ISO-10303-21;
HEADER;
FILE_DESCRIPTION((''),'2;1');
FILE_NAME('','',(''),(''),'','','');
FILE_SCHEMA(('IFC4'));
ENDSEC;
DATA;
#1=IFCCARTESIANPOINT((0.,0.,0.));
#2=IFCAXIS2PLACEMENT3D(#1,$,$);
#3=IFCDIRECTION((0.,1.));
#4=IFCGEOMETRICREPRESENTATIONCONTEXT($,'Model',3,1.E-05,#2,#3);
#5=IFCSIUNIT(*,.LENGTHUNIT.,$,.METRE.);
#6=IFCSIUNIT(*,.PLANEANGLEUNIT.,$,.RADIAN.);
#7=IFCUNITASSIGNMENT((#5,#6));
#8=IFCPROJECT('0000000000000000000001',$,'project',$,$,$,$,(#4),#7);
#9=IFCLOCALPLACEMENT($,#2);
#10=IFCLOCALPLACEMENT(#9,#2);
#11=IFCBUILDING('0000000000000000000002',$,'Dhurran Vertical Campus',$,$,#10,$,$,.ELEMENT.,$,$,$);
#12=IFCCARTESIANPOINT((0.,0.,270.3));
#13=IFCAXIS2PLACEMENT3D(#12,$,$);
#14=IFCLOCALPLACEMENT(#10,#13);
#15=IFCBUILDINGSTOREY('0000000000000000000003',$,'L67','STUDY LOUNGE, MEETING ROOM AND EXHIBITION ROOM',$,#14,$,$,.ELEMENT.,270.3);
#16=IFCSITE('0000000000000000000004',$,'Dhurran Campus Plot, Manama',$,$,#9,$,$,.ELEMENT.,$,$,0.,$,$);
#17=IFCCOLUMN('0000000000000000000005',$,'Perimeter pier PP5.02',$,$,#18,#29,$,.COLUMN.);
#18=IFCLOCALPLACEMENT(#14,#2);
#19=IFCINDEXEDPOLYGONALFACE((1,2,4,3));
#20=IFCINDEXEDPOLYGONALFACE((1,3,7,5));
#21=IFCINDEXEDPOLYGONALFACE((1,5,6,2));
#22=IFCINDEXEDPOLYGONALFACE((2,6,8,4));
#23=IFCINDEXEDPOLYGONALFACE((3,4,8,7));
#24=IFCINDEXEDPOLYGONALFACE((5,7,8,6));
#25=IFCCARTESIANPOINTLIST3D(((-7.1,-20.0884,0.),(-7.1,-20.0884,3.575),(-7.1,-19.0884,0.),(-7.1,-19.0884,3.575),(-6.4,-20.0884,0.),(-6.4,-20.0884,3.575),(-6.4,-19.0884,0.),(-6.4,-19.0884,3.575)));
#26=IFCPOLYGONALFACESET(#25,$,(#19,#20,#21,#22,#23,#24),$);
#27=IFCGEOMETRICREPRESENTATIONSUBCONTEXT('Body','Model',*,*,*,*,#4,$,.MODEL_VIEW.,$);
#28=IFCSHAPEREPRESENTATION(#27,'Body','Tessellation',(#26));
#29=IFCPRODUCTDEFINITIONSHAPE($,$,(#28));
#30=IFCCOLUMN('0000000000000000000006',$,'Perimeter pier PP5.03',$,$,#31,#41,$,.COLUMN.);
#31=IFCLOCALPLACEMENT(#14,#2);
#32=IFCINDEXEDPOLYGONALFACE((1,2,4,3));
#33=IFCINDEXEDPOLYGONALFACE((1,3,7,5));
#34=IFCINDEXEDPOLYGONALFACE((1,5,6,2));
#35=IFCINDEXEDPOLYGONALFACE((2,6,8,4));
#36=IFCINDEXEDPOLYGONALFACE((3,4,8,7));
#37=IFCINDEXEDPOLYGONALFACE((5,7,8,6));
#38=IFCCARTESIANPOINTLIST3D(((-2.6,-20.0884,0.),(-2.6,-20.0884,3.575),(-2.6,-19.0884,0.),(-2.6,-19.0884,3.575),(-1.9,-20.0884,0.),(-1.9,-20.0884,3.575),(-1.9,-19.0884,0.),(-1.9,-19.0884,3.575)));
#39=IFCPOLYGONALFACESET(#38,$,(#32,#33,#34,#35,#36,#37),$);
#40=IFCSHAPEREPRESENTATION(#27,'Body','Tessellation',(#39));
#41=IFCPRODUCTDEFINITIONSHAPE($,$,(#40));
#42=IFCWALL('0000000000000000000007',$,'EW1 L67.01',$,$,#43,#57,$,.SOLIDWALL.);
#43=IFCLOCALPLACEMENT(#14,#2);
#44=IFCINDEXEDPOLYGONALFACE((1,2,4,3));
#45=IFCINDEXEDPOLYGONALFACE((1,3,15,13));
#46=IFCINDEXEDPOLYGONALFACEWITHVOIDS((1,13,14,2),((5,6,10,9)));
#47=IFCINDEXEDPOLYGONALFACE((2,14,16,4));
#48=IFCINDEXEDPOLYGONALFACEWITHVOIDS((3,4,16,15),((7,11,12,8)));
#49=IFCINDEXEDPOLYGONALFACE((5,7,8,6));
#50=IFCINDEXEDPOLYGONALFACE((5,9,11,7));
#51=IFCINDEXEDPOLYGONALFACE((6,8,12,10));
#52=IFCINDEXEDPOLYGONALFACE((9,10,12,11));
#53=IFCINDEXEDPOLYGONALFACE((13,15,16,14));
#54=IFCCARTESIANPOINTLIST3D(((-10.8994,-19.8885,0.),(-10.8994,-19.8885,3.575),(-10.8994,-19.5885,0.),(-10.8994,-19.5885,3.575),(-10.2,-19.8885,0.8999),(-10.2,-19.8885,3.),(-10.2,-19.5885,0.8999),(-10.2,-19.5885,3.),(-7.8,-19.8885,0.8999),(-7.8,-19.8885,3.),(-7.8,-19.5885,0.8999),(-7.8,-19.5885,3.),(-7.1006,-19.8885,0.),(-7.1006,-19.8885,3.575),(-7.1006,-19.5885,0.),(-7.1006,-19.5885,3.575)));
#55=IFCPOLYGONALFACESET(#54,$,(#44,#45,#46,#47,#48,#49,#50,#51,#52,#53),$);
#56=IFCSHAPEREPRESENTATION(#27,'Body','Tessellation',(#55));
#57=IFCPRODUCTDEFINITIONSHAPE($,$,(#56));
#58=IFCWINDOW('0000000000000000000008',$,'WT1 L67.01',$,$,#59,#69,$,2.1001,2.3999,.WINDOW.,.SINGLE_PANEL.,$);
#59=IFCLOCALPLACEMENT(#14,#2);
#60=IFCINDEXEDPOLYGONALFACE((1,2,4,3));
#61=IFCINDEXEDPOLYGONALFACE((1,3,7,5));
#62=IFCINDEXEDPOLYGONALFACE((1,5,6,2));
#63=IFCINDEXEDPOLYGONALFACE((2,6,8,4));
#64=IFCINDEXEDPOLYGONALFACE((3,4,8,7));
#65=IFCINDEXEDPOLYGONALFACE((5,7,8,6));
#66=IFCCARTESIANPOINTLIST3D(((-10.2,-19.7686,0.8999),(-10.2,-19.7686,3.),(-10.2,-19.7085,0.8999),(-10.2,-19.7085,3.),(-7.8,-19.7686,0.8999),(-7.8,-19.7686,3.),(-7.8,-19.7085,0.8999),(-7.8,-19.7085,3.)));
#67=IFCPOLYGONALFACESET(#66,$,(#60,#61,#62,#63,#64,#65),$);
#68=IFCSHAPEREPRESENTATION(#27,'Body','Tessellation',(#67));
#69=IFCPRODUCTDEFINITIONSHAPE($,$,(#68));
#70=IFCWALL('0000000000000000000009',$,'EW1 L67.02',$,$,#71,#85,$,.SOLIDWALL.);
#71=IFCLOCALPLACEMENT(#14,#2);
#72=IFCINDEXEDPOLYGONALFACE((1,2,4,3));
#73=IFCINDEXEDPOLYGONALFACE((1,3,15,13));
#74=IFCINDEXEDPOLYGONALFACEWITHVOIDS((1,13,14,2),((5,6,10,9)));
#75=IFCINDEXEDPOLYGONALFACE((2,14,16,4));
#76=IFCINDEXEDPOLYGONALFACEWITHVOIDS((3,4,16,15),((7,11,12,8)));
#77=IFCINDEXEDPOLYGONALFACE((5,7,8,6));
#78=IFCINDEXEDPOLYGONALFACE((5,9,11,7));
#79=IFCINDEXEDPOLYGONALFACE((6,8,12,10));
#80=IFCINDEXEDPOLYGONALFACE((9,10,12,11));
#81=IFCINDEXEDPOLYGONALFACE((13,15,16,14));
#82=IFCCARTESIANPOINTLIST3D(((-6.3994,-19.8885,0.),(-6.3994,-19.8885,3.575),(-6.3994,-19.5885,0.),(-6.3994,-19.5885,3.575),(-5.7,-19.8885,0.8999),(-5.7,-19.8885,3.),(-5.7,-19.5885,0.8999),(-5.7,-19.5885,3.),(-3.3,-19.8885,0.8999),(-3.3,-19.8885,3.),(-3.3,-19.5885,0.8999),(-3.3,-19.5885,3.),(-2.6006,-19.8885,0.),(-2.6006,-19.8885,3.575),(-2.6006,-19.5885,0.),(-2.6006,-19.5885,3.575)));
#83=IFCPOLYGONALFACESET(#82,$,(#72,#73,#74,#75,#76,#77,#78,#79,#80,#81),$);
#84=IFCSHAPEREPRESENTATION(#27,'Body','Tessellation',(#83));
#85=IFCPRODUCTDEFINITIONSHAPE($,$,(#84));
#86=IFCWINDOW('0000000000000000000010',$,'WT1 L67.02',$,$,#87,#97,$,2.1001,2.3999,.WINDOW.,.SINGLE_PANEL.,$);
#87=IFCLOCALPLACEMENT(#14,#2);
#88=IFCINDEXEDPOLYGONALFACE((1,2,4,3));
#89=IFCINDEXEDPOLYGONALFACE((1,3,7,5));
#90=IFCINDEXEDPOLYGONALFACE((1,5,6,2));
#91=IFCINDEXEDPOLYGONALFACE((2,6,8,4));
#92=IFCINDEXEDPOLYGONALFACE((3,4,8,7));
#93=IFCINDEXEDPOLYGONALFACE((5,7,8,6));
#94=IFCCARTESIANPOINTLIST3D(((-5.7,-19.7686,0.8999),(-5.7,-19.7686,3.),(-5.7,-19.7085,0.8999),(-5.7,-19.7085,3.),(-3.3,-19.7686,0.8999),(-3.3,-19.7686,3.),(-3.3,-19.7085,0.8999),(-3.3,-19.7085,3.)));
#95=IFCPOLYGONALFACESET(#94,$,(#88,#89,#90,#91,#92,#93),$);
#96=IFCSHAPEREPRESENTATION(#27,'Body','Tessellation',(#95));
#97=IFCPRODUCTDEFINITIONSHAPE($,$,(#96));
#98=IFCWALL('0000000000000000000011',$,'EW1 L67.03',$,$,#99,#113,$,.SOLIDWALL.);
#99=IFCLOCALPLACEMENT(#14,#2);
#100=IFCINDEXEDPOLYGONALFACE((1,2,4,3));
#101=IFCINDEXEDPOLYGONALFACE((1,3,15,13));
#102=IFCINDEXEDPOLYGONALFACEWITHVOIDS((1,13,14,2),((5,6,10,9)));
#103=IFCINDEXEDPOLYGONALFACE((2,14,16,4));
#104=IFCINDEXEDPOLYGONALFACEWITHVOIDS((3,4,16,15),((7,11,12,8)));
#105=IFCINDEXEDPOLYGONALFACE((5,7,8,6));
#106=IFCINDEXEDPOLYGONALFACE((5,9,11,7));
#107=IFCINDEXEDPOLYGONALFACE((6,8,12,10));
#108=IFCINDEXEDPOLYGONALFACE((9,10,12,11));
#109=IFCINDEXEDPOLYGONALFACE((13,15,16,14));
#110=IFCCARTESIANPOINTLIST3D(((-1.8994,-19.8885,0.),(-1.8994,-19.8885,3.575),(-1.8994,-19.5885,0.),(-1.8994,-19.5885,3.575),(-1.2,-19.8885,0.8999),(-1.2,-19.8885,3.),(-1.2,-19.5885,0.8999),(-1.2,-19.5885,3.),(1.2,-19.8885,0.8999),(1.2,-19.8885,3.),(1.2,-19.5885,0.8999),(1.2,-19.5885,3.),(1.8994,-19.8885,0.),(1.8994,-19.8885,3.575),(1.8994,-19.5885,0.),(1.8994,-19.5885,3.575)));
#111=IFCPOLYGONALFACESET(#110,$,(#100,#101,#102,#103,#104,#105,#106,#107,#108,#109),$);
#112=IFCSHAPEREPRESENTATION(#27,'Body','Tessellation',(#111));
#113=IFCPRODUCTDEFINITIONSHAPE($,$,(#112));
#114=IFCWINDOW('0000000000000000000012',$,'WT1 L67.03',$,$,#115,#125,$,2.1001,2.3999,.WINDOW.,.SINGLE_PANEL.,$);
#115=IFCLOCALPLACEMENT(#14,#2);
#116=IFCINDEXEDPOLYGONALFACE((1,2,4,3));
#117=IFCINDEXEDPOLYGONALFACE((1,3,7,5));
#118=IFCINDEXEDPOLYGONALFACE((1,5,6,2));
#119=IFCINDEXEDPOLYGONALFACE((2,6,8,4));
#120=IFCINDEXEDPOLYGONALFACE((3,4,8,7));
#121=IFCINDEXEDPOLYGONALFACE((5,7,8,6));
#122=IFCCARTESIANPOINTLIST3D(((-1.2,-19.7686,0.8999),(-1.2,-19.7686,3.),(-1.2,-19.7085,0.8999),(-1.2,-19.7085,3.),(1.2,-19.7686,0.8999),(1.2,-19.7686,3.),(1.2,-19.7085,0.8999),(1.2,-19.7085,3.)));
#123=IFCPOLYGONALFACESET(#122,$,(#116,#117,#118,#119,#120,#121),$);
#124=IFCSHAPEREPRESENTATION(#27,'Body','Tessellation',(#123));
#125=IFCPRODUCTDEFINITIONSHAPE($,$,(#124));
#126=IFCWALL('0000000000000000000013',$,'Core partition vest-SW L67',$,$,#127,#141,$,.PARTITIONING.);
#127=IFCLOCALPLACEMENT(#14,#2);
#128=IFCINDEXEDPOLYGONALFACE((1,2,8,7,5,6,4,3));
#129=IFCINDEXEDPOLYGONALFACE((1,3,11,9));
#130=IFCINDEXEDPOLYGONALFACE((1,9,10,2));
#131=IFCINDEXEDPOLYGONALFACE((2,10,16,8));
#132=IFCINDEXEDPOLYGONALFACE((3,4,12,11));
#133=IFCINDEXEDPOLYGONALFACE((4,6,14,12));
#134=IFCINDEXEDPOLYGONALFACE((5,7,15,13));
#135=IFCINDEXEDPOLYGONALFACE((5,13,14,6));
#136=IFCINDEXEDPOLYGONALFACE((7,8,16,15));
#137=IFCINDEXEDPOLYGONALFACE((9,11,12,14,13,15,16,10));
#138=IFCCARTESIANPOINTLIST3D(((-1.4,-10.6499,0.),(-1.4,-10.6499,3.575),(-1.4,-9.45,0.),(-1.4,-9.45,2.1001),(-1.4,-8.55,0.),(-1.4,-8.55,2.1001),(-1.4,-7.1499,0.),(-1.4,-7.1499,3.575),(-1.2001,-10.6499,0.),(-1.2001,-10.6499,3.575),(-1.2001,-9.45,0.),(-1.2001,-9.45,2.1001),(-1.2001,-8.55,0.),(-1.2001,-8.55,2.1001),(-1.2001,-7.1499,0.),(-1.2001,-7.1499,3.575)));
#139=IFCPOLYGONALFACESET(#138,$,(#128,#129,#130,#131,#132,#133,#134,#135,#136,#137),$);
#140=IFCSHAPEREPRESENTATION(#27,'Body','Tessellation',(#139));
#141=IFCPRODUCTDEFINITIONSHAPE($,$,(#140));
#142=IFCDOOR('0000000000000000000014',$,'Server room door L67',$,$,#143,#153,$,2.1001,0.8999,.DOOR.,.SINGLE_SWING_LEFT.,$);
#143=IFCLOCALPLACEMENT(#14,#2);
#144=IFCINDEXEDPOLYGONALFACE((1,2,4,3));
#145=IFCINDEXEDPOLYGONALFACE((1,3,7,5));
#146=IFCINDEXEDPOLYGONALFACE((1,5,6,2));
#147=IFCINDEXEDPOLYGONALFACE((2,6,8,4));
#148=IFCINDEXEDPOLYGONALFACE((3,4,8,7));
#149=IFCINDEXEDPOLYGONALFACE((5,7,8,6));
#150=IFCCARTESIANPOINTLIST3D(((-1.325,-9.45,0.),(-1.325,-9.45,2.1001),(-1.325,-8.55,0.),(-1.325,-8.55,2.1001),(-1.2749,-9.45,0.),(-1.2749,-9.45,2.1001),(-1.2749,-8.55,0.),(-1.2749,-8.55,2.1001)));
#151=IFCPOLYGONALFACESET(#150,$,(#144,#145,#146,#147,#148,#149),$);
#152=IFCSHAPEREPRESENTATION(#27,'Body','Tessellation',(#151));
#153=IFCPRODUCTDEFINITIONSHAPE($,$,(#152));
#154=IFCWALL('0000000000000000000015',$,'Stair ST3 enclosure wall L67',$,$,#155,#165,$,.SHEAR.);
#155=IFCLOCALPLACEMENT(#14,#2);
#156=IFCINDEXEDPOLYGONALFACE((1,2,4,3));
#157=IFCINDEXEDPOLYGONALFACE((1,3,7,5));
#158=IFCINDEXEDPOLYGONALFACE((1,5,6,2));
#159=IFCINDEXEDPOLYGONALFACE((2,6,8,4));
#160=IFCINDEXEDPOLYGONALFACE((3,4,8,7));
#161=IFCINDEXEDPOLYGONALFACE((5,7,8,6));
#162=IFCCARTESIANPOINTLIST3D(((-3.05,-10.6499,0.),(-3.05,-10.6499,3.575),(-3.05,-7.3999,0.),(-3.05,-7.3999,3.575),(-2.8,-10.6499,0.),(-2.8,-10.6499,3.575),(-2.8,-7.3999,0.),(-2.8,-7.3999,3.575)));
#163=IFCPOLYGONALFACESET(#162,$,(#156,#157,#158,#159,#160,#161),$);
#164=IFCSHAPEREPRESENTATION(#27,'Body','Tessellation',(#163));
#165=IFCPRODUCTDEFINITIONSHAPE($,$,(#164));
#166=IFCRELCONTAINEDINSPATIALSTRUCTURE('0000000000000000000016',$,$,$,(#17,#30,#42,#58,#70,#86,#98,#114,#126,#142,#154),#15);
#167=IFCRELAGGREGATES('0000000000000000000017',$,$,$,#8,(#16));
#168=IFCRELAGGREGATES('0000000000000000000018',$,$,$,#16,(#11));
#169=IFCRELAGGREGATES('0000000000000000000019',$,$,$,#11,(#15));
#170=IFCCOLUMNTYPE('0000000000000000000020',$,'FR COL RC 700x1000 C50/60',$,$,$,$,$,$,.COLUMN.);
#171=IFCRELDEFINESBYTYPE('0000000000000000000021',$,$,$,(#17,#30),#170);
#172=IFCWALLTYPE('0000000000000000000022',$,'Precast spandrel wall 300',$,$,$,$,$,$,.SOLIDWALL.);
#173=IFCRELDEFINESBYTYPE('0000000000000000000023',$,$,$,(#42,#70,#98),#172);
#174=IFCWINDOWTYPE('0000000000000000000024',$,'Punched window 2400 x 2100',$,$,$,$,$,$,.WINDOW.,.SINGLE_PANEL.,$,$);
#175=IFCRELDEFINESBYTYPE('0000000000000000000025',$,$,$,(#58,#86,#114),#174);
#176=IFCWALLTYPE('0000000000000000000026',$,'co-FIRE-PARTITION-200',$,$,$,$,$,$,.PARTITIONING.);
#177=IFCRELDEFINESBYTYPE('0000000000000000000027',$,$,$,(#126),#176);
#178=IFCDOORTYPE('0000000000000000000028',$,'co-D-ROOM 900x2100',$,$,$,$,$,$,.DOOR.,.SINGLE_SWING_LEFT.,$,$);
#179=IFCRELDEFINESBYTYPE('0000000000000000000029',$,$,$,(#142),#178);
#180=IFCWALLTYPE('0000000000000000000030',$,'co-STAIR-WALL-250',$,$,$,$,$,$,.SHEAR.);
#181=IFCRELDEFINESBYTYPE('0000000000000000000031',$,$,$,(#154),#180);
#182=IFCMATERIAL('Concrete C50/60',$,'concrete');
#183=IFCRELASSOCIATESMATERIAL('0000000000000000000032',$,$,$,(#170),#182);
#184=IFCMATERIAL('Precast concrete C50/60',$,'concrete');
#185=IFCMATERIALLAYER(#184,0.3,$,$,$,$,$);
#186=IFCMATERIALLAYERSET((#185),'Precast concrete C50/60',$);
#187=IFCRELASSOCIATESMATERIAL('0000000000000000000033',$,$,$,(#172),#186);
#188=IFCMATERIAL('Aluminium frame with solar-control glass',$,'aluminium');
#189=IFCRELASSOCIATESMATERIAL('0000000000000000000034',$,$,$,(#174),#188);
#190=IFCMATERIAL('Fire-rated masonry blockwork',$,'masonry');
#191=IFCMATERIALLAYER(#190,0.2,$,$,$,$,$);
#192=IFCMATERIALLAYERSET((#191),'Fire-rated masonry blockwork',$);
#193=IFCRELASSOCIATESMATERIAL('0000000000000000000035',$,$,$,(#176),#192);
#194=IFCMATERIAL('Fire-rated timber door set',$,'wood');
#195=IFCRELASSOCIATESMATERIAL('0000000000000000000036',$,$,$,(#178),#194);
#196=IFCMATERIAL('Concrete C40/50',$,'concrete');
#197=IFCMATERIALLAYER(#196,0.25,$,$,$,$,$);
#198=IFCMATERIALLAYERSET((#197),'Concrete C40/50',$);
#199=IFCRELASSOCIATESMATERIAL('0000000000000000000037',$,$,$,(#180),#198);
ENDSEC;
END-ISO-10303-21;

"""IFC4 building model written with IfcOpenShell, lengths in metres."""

from ifc_helpers import new_model, si_unit, direction, frame, frame_2d, origin, origin_2d, place, context, subcontext, project, spatial, rectangle, extrude, material, layer, layer_set, material_profile, profile_set, type_object, element, fill, save


model = new_model("IFC4")

# Units and contexts
model_context = context("Model", 3, precision=1e-05, world=origin(), true_north=direction((0.0, 1.0)))
body_context = subcontext(model_context, "Body", "Model", "MODEL_VIEW")
ifc_project = project(units=[si_unit("LENGTHUNIT", "METRE"), si_unit("PLANEANGLEUNIT", "RADIAN")], contexts=[model_context])

# Site, building, storey
site_placement = place(None, origin())
site = spatial("IfcSite", under=ifc_project, at=site_placement, Name="Dhurran Campus Plot, Manama", CompositionType="ELEMENT", RefElevation=0.0)
building_placement = place(site_placement, origin())
building = spatial("IfcBuilding", under=site, at=building_placement, Name="Dhurran Vertical Campus", CompositionType="ELEMENT")
storey_placement = place(building_placement, frame((0.0, 0.0, 270.3)))
storey = spatial("IfcBuildingStorey", under=building, at=storey_placement, Name="L67", Description="STUDY LOUNGE, MEETING ROOM AND EXHIBITION ROOM", CompositionType="ELEMENT", Elevation=270.3)

# Columns
ifc_material_1 = material(Name="Concrete C50/60", Category="concrete")
ifc_material_profile = material_profile(ifc_material_1, rectangle(XDim=0.7, YDim=1.0, at=origin_2d()), Name="RC 700x1000")
ifc_profile_set = profile_set([ifc_material_profile], Name="Concrete C50/60")
column_type = type_object("IfcColumnType", Name="FR COL RC 700x1000 C50/60", PredefinedType="COLUMN", material=ifc_profile_set)
for number, where, z_axis, x_axis, name in (
    (1, (-6.75, -19.5884, 0.0), (0.0, 0.0, 1.0), (1.0, 0.0, 0.0), "Perimeter pier PP5.02"),
    (2, (-2.25, -19.5884, 0.0), (0.0, 0.0, 1.0), (1.0, 0.0, 0.0), "Perimeter pier PP5.03"),
):
    element("IfcColumn", number, at=place(storey_placement, frame(where, z_axis=z_axis, x_axis=x_axis)), inside=storey, type_object=column_type, Name=name, PredefinedType="COLUMN", context=body_context, shape_type="SweptSolid", body=[
        extrude(rectangle(XDim=0.7, YDim=1.0, at=origin_2d()), origin(), (0.0, 0.0, 1.0), 3.575),
    ])

# Walls, openings, windows
ifc_material_2 = material(Name="Precast concrete C50/60", Category="concrete")
ifc_layer_1 = layer(ifc_material_2, 0.3)
ifc_layer_set_1 = layer_set([ifc_layer_1], Name="Precast concrete C50/60")
wall_type_1 = type_object("IfcWallType", Name="Precast spandrel wall 300", PredefinedType="SOLIDWALL", material=ifc_layer_set_1)
wall_1_placement = place(storey_placement, frame((-10.8994, -19.7385, 0.0), z_axis=(0.0, 0.0, 1.0), x_axis=(1.0, 0.0, 0.0)))
wall_1 = element("IfcWall", 3, at=wall_1_placement, inside=storey, type_object=wall_type_1, Name="EW1 L67.01", PredefinedType="SOLIDWALL", context=body_context, shape_type="SweptSolid", body=[
    extrude(rectangle(XDim=3.7988, YDim=0.3, at=frame_2d((1.8994, 0.0))), origin(), (0.0, 0.0, 1.0), 3.575),
])
opening_1_placement = place(wall_1_placement, frame((0.6995, 0.0, 0.8999)))
opening_1 = element("IfcOpeningElement", 4, at=opening_1_placement, cuts=wall_1, PredefinedType="OPENING", context=body_context, shape_type="SweptSolid", body=[
    extrude(rectangle(XDim=2.3999, YDim=2.1001, at=frame_2d((1.2, 1.05))), frame((0.0, 0.1599, 0.0), z_axis=(0.0, -1.0, 0.0), x_axis=(1.0, 0.0, 0.0)), (0.0, 0.0, 1.0), 0.3201),
])
ifc_material_3 = material(Name="Aluminium frame with solar-control glass", Category="aluminium")
window_type = type_object("IfcWindowType", Name="Punched window 2400 x 2100", PartitioningType="SINGLE_PANEL", PredefinedType="WINDOW", material=ifc_material_3)
window_1_placement = place(opening_1_placement, origin())
window_1 = element("IfcWindow", 5, at=window_1_placement, inside=storey, type_object=window_type, Name="WT1 L67.01", OverallHeight=2.1001, OverallWidth=2.3999, PartitioningType="SINGLE_PANEL", PredefinedType="WINDOW", context=body_context, shape_type="SweptSolid", body=[
    extrude(rectangle(XDim=2.3999, YDim=2.1001, at=frame_2d((1.2, 1.05))), frame((0.0, 0.03, 0.0), z_axis=(0.0, -1.0, 0.0), x_axis=(1.0, 0.0, 0.0)), (0.0, 0.0, 1.0), 0.0601),
])
fill(opening_1, window_1)
wall_2_placement = place(storey_placement, frame((-6.3994, -19.7385, 0.0), z_axis=(0.0, 0.0, 1.0), x_axis=(1.0, 0.0, 0.0)))
wall_2 = element("IfcWall", 6, at=wall_2_placement, inside=storey, type_object=wall_type_1, Name="EW1 L67.02", PredefinedType="SOLIDWALL", context=body_context, shape_type="SweptSolid", body=[
    extrude(rectangle(XDim=3.7988, YDim=0.3, at=frame_2d((1.8994, 0.0))), origin(), (0.0, 0.0, 1.0), 3.575),
])
opening_2_placement = place(wall_2_placement, frame((0.6995, 0.0, 0.8999)))
opening_2 = element("IfcOpeningElement", 7, at=opening_2_placement, cuts=wall_2, PredefinedType="OPENING", context=body_context, shape_type="SweptSolid", body=[
    extrude(rectangle(XDim=2.3999, YDim=2.1001, at=frame_2d((1.2, 1.05))), frame((0.0, 0.1599, 0.0), z_axis=(0.0, -1.0, 0.0), x_axis=(1.0, 0.0, 0.0)), (0.0, 0.0, 1.0), 0.3201),
])
window_2_placement = place(opening_2_placement, origin())
window_2 = element("IfcWindow", 8, at=window_2_placement, inside=storey, type_object=window_type, Name="WT1 L67.02", OverallHeight=2.1001, OverallWidth=2.3999, PartitioningType="SINGLE_PANEL", PredefinedType="WINDOW", context=body_context, shape_type="SweptSolid", body=[
    extrude(rectangle(XDim=2.3999, YDim=2.1001, at=frame_2d((1.2, 1.05))), frame((0.0, 0.03, 0.0), z_axis=(0.0, -1.0, 0.0), x_axis=(1.0, 0.0, 0.0)), (0.0, 0.0, 1.0), 0.0601),
])
fill(opening_2, window_2)
wall_3_placement = place(storey_placement, frame((-1.8994, -19.7385, 0.0), z_axis=(0.0, 0.0, 1.0), x_axis=(1.0, 0.0, 0.0)))
wall_3 = element("IfcWall", 9, at=wall_3_placement, inside=storey, type_object=wall_type_1, Name="EW1 L67.03", PredefinedType="SOLIDWALL", context=body_context, shape_type="SweptSolid", body=[
    extrude(rectangle(XDim=3.7988, YDim=0.3, at=frame_2d((1.8994, 0.0))), origin(), (0.0, 0.0, 1.0), 3.575),
])
opening_3_placement = place(wall_3_placement, frame((0.6995, 0.0, 0.8999)))
opening_3 = element("IfcOpeningElement", 10, at=opening_3_placement, cuts=wall_3, PredefinedType="OPENING", context=body_context, shape_type="SweptSolid", body=[
    extrude(rectangle(XDim=2.3999, YDim=2.1001, at=frame_2d((1.2, 1.05))), frame((0.0, 0.1599, 0.0), z_axis=(0.0, -1.0, 0.0), x_axis=(1.0, 0.0, 0.0)), (0.0, 0.0, 1.0), 0.3201),
])
window_3_placement = place(opening_3_placement, origin())
window_3 = element("IfcWindow", 11, at=window_3_placement, inside=storey, type_object=window_type, Name="WT1 L67.03", OverallHeight=2.1001, OverallWidth=2.3999, PartitioningType="SINGLE_PANEL", PredefinedType="WINDOW", context=body_context, shape_type="SweptSolid", body=[
    extrude(rectangle(XDim=2.3999, YDim=2.1001, at=frame_2d((1.2, 1.05))), frame((0.0, 0.03, 0.0), z_axis=(0.0, -1.0, 0.0), x_axis=(1.0, 0.0, 0.0)), (0.0, 0.0, 1.0), 0.0601),
])
fill(opening_3, window_3)

# Wall, opening, door
ifc_material_4 = material(Name="Fire-rated masonry blockwork", Category="masonry")
ifc_layer_2 = layer(ifc_material_4, 0.2)
ifc_layer_set_2 = layer_set([ifc_layer_2], Name="Fire-rated masonry blockwork")
wall_type_2 = type_object("IfcWallType", Name="co-FIRE-PARTITION-200", PredefinedType="PARTITIONING", material=ifc_layer_set_2)
wall_4_placement = place(storey_placement, frame((-1.3, -10.6499, 0.0), z_axis=(0.0, 0.0, 1.0), x_axis=(0.0, 1.0, 0.0)))
wall_4 = element("IfcWall", 12, at=wall_4_placement, inside=storey, type_object=wall_type_2, Name="Core partition vest-SW L67", PredefinedType="PARTITIONING", context=body_context, shape_type="SweptSolid", body=[
    extrude(rectangle(XDim=3.5, YDim=0.2, at=frame_2d((1.75, 0.0))), origin(), (0.0, 0.0, 1.0), 3.575),
])
opening_4_placement = place(wall_4_placement, frame((1.2, 0.0, 0.0)))
opening_4 = element("IfcOpeningElement", 13, at=opening_4_placement, cuts=wall_4, PredefinedType="OPENING", context=body_context, shape_type="SweptSolid", body=[
    extrude(rectangle(XDim=0.8999, YDim=2.1001, at=frame_2d((0.45, 1.05))), frame((0.0, 0.1099, 0.0), z_axis=(0.0, -1.0, 0.0), x_axis=(1.0, 0.0, 0.0)), (0.0, 0.0, 1.0), 0.22),
])
ifc_material_5 = material(Name="Fire-rated timber door set", Category="wood")
door_type_1 = type_object("IfcDoorType", Name="co-D-ROOM 900x2100", OperationType="SINGLE_SWING_LEFT", PredefinedType="DOOR", material=ifc_material_5)
door_1_placement = place(opening_4_placement, origin())
door_1 = element("IfcDoor", 14, at=door_1_placement, inside=storey, type_object=door_type_1, Name="Server room door L67", OperationType="SINGLE_SWING_LEFT", OverallHeight=2.1001, OverallWidth=0.8999, PredefinedType="DOOR", context=body_context, shape_type="SweptSolid", body=[
    extrude(rectangle(XDim=0.8999, YDim=2.1001, at=frame_2d((0.45, 1.05))), frame((0.0, 0.0249, 0.0), z_axis=(0.0, -1.0, 0.0), x_axis=(1.0, 0.0, 0.0)), (0.0, 0.0, 1.0), 0.05),
])
fill(opening_4, door_1)

# Wall
ifc_material_6 = material(Name="Concrete C40/50", Category="concrete")
ifc_layer_3 = layer(ifc_material_6, 0.25)
ifc_layer_set_3 = layer_set([ifc_layer_3], Name="Concrete C40/50")
wall_type_3 = type_object("IfcWallType", Name="co-STAIR-WALL-250", PredefinedType="SHEAR", material=ifc_layer_set_3)
wall_5_placement = place(storey_placement, frame((-2.925, -10.6499, 0.0), z_axis=(0.0, 0.0, 1.0), x_axis=(0.0, 1.0, 0.0)))
element("IfcWall", 15, at=wall_5_placement, inside=storey, type_object=wall_type_3, Name="Stair ST3 enclosure wall L67", PredefinedType="SHEAR", context=body_context, shape_type="SweptSolid", body=[
    extrude(rectangle(XDim=3.25, YDim=0.25, at=frame_2d((1.625, 0.0))), origin(), (0.0, 0.0, 1.0), 3.575),
])

save(model, "model.ifc")
